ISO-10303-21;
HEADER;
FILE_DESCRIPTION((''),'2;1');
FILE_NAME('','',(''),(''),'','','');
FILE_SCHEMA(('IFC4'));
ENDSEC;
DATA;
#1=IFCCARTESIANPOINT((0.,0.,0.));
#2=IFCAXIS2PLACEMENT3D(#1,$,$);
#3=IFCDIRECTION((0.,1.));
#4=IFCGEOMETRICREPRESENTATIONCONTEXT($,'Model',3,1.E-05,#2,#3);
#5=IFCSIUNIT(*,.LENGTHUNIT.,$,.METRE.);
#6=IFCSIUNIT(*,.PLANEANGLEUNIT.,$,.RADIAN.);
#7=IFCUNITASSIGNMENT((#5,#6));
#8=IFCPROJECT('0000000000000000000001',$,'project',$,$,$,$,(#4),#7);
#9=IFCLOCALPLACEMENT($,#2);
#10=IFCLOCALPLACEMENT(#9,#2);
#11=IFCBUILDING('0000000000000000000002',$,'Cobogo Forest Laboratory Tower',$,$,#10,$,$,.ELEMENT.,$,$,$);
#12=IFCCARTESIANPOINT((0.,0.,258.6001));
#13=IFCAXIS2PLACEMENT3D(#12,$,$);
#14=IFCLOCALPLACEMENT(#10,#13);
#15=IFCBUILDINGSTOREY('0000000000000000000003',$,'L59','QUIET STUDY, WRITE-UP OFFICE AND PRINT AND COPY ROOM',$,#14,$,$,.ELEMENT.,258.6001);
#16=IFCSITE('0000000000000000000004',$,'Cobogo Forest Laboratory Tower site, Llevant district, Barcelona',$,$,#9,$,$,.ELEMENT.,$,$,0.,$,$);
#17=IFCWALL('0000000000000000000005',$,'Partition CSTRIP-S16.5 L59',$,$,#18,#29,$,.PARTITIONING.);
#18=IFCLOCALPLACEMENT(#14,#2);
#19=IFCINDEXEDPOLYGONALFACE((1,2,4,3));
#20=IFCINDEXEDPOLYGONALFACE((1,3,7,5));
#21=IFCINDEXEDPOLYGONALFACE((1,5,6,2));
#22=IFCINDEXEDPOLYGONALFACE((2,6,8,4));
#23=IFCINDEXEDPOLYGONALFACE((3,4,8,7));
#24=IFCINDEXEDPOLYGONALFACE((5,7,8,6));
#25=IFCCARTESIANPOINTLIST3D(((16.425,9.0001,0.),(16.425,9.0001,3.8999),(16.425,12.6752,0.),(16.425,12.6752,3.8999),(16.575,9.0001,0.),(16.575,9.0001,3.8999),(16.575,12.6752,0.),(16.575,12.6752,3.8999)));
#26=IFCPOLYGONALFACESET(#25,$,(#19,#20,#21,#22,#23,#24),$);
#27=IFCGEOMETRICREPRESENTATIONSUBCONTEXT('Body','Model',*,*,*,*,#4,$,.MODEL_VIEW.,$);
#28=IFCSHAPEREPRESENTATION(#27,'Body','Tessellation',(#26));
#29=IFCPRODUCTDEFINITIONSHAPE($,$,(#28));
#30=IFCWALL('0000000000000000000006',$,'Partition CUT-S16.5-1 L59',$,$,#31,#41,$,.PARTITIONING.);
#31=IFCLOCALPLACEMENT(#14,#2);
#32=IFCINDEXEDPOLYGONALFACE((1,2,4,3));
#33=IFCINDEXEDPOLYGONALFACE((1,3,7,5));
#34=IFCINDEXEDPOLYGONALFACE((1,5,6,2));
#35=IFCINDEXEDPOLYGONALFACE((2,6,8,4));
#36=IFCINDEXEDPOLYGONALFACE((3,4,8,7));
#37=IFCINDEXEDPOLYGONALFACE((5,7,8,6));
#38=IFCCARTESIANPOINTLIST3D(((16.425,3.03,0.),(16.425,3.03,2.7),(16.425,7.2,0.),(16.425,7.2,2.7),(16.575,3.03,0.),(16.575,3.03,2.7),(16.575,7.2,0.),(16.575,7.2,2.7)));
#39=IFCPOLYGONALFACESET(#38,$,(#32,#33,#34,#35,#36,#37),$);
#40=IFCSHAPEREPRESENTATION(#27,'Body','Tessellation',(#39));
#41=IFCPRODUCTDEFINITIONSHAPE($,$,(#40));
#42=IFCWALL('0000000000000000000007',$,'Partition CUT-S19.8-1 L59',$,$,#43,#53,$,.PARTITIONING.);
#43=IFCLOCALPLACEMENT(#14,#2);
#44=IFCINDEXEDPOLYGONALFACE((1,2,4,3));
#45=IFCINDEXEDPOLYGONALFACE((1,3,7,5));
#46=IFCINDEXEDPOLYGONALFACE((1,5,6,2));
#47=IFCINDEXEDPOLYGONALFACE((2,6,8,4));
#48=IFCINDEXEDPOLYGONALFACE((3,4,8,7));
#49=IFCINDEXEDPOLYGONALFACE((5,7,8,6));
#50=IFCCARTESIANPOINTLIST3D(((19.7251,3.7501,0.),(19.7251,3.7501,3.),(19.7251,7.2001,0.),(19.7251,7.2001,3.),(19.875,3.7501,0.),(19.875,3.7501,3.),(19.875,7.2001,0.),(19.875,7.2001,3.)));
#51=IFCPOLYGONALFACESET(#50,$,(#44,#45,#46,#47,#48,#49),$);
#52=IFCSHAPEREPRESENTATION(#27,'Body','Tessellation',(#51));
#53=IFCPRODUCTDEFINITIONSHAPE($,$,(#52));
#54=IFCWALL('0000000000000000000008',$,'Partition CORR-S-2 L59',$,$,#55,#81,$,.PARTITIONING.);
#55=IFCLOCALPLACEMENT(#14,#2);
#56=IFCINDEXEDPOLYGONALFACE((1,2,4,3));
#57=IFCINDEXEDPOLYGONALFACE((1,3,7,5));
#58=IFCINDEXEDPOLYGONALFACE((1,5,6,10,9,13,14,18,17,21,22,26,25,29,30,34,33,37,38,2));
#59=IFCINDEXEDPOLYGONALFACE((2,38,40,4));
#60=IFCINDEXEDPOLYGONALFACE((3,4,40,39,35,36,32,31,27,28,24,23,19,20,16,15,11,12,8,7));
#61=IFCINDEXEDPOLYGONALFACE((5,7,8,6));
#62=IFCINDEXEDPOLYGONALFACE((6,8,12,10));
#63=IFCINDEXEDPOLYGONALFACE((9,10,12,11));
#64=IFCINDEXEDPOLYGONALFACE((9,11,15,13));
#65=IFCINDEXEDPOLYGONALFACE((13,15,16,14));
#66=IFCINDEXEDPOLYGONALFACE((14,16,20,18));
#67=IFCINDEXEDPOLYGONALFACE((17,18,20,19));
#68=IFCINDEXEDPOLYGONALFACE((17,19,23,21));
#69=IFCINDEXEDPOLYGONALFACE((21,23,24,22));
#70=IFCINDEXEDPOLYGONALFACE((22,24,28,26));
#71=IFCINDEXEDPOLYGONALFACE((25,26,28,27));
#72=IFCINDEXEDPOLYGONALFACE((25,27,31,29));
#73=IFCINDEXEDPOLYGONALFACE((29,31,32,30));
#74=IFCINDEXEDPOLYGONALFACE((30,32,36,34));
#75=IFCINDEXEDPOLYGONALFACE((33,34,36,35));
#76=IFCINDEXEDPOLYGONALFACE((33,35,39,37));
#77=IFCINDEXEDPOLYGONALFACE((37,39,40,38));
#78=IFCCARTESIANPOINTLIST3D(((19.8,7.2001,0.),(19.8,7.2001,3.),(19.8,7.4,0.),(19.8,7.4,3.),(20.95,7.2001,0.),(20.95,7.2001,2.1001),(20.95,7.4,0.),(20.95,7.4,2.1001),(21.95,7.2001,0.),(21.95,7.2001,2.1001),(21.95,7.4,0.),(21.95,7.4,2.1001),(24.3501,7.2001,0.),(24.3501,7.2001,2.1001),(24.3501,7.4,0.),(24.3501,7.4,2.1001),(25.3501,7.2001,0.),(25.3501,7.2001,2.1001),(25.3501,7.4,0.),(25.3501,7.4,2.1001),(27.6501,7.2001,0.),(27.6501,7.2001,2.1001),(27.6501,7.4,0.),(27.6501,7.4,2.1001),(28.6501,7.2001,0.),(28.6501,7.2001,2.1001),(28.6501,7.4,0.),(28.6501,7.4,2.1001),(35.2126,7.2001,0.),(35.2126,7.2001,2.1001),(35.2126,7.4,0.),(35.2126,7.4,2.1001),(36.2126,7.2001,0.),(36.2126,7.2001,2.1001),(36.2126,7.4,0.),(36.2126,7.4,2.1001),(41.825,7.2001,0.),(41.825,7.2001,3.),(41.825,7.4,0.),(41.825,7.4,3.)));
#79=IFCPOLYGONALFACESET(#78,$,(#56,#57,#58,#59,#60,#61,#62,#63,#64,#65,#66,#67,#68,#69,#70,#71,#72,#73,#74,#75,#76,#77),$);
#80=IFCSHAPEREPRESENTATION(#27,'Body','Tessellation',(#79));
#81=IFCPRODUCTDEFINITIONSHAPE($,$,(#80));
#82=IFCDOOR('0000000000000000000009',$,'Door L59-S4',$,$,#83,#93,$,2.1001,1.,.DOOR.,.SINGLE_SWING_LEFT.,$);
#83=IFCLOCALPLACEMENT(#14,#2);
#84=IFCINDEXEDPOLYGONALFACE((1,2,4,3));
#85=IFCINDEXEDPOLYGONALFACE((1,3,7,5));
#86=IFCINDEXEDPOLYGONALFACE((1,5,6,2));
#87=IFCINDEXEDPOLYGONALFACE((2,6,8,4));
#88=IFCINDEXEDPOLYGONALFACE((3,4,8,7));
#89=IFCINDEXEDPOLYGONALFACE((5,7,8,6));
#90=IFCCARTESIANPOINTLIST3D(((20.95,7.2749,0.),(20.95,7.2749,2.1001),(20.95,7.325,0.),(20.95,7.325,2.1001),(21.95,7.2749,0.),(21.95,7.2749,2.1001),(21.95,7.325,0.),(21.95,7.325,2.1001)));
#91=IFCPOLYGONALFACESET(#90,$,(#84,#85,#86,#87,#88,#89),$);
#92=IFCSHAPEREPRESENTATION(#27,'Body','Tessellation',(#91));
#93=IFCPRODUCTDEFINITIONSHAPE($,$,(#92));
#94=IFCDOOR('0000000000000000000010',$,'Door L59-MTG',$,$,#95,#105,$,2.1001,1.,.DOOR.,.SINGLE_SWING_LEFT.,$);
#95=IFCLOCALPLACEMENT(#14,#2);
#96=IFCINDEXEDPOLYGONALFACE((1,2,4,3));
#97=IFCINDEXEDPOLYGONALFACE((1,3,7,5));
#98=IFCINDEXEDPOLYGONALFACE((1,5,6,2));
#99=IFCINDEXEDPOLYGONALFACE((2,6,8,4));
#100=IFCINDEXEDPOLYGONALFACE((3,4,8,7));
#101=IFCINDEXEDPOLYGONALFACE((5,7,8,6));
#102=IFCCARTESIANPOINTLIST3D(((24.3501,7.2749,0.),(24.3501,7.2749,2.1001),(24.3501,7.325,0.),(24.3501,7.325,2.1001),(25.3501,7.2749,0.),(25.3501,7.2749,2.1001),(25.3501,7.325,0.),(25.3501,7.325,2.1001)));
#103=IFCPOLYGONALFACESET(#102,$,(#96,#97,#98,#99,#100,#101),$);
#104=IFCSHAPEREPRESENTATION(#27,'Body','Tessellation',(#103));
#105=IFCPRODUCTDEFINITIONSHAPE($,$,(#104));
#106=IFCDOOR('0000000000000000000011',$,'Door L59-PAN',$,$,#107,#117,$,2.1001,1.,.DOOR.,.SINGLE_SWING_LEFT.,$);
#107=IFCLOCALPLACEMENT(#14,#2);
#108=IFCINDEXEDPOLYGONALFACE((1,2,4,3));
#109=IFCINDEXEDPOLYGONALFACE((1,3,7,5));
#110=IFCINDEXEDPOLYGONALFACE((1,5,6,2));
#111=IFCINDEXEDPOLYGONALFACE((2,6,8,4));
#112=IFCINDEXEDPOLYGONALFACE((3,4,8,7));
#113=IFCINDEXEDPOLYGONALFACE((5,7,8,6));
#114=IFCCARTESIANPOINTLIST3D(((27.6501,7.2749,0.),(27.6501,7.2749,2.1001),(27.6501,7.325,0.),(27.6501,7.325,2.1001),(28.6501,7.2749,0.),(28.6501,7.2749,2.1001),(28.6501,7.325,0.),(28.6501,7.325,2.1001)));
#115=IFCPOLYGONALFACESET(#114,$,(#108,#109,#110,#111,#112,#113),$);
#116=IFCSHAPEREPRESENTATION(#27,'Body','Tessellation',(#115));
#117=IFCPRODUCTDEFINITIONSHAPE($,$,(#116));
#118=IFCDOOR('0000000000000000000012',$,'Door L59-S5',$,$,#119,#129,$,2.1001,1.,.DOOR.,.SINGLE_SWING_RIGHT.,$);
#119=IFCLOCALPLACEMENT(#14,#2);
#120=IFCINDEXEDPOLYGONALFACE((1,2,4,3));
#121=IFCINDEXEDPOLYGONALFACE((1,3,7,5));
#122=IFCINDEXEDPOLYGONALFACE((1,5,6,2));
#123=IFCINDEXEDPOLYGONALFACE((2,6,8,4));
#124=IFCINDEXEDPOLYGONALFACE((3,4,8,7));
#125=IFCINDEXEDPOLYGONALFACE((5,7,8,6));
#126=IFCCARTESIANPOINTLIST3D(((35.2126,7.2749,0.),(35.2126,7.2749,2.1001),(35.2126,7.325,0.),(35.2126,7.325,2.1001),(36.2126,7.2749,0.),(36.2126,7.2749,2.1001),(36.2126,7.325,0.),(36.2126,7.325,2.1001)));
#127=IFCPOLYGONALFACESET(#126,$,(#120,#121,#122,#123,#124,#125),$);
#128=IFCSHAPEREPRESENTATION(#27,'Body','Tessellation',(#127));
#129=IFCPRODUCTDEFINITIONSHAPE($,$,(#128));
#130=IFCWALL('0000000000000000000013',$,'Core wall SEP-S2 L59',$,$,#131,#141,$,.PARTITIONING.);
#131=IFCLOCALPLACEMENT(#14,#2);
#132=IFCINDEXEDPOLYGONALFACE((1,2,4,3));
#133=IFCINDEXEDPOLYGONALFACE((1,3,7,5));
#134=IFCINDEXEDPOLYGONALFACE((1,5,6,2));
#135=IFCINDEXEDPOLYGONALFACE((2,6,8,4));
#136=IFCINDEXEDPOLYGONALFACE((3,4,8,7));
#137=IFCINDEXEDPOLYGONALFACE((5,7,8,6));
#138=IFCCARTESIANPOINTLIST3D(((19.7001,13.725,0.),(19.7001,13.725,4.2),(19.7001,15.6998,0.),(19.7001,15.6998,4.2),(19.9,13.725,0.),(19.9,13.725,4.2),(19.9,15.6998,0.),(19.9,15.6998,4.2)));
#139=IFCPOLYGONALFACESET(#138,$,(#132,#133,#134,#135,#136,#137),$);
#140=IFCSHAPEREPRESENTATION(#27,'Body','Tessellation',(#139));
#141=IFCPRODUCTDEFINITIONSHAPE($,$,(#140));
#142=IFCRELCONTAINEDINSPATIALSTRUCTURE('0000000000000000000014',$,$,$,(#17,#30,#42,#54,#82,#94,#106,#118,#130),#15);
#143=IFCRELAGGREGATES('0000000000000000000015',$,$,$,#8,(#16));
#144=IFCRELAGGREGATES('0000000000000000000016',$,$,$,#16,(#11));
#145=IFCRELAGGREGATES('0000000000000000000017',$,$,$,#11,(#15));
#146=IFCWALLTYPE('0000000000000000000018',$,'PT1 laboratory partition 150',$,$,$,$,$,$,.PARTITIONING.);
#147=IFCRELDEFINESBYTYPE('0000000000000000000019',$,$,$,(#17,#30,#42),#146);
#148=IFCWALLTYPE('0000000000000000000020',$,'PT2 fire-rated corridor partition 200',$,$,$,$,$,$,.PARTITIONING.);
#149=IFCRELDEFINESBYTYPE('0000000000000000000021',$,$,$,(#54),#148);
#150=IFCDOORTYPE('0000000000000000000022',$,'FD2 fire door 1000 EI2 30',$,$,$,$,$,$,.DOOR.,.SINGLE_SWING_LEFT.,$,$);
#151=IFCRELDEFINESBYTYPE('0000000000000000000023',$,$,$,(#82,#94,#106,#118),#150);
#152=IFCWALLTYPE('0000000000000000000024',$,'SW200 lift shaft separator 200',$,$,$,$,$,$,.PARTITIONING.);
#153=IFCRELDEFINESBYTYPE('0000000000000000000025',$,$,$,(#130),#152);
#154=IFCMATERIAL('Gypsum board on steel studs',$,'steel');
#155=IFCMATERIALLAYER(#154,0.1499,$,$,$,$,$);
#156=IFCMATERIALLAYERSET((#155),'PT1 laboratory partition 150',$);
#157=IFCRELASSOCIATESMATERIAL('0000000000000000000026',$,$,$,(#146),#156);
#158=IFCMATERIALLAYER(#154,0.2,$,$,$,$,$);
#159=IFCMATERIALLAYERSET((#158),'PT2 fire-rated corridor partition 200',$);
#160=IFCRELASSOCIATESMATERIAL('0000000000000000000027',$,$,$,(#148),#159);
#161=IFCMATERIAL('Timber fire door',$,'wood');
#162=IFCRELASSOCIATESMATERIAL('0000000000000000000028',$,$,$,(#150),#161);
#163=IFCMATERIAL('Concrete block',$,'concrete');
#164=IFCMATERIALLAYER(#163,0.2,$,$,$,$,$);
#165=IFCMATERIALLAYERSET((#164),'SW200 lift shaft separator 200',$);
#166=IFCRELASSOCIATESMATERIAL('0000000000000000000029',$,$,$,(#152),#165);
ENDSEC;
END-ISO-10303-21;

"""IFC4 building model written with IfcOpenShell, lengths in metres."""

from ifc_helpers import new_model, si_unit, direction, frame, frame_2d, origin, place, context, subcontext, project, spatial, rectangle, extrude, material, layer, layer_set, type_object, element, fill, save


model = new_model("IFC4")

# Units and contexts
model_context = context("Model", 3, precision=1e-05, world=origin(), true_north=direction((0.0, 1.0)))
body_context = subcontext(model_context, "Body", "Model", "MODEL_VIEW")
ifc_project = project(units=[si_unit("LENGTHUNIT", "METRE"), si_unit("PLANEANGLEUNIT", "RADIAN")], contexts=[model_context])

# Site, building, storey
site_placement = place(None, origin())
site = spatial("IfcSite", under=ifc_project, at=site_placement, Name="Cobogo Forest Laboratory Tower site, Llevant district, Barcelona", CompositionType="ELEMENT", RefElevation=0.0)
building_placement = place(site_placement, origin())
building = spatial("IfcBuilding", under=site, at=building_placement, Name="Cobogo Forest Laboratory Tower", CompositionType="ELEMENT")
storey_placement = place(building_placement, frame((0.0, 0.0, 258.6001)))
storey = spatial("IfcBuildingStorey", under=building, at=storey_placement, Name="L59", Description="QUIET STUDY, WRITE-UP OFFICE AND PRINT AND COPY ROOM", CompositionType="ELEMENT", Elevation=258.6001)

# Walls
ifc_material_1 = material(Name="Gypsum board on steel studs", Category="steel")
ifc_layer_1 = layer(ifc_material_1, 0.1499)
ifc_layer_set_1 = layer_set([ifc_layer_1], Name="PT1 laboratory partition 150")
wall_type_1 = type_object("IfcWallType", Name="PT1 laboratory partition 150", PredefinedType="PARTITIONING", material=ifc_layer_set_1)
wall_1_placement = place(storey_placement, frame((16.5, 12.675, 0.0), z_axis=(0.0, 0.0, 1.0), x_axis=(0.0, -1.0, 0.0)))
element("IfcWall", 1, at=wall_1_placement, inside=storey, type_object=wall_type_1, Name="Partition CSTRIP-S16.5 L59", PredefinedType="PARTITIONING", context=body_context, shape_type="SweptSolid", body=[
    extrude(rectangle(XDim=3.675, YDim=0.1499, at=frame_2d((1.8374, 0.0))), origin(), (0.0, 0.0, 1.0), 3.8999),
])
wall_2_placement = place(storey_placement, frame((16.5, 3.03, 0.0), z_axis=(0.0, 0.0, 1.0), x_axis=(0.0, 1.0, 0.0)))
element("IfcWall", 2, at=wall_2_placement, inside=storey, type_object=wall_type_1, Name="Partition CUT-S16.5-1 L59", PredefinedType="PARTITIONING", context=body_context, shape_type="SweptSolid", body=[
    extrude(rectangle(XDim=4.1699, YDim=0.1499, at=frame_2d((2.085, 0.0))), origin(), (0.0, 0.0, 1.0), 2.7),
])
wall_3_placement = place(storey_placement, frame((19.8, 3.75, 0.0), z_axis=(0.0, 0.0, 1.0), x_axis=(0.0, 1.0, 0.0)))
element("IfcWall", 3, at=wall_3_placement, inside=storey, type_object=wall_type_1, Name="Partition CUT-S19.8-1 L59", PredefinedType="PARTITIONING", context=body_context, shape_type="SweptSolid", body=[
    extrude(rectangle(XDim=3.45, YDim=0.1499, at=frame_2d((1.7251, 0.0))), origin(), (0.0, 0.0, 1.0), 3.0),
])

# Wall, openings, doors
ifc_layer_2 = layer(ifc_material_1, 0.2)
ifc_layer_set_2 = layer_set([ifc_layer_2], Name="PT2 fire-rated corridor partition 200")
wall_type_2 = type_object("IfcWallType", Name="PT2 fire-rated corridor partition 200", PredefinedType="PARTITIONING", material=ifc_layer_set_2)
wall_4_placement = place(storey_placement, frame((19.8, 7.3, 0.0), z_axis=(0.0, 0.0, 1.0), x_axis=(1.0, 0.0, 0.0)))
wall_4 = element("IfcWall", 4, at=wall_4_placement, inside=storey, type_object=wall_type_2, Name="Partition CORR-S-2 L59", PredefinedType="PARTITIONING", context=body_context, shape_type="SweptSolid", body=[
    extrude(rectangle(XDim=22.0249, YDim=0.2, at=frame_2d((11.0125, 0.0))), origin(), (0.0, 0.0, 1.0), 3.0),
])
opening_1_placement = place(wall_4_placement, frame((1.1499, 0.0, 0.0)))
opening_1 = element("IfcOpeningElement", 5, at=opening_1_placement, cuts=wall_4, PredefinedType="OPENING", context=body_context, shape_type="SweptSolid", body=[
    extrude(rectangle(XDim=1.0, YDim=2.1001, at=frame_2d((0.5, 1.05))), frame((0.0, 0.1099, 0.0), z_axis=(0.0, -1.0, 0.0), x_axis=(1.0, 0.0, 0.0)), (0.0, 0.0, 1.0), 0.22),
])
opening_2_placement = place(wall_4_placement, frame((4.55, 0.0, 0.0)))
opening_2 = element("IfcOpeningElement", 6, at=opening_2_placement, cuts=wall_4, PredefinedType="OPENING", context=body_context, shape_type="SweptSolid", body=[
    extrude(rectangle(XDim=1.0, YDim=2.1001, at=frame_2d((0.5, 1.05))), frame((0.0, 0.1099, 0.0), z_axis=(0.0, -1.0, 0.0), x_axis=(1.0, 0.0, 0.0)), (0.0, 0.0, 1.0), 0.22),
])
opening_3_placement = place(wall_4_placement, frame((7.8501, 0.0, 0.0)))
opening_3 = element("IfcOpeningElement", 7, at=opening_3_placement, cuts=wall_4, PredefinedType="OPENING", context=body_context, shape_type="SweptSolid", body=[
    extrude(rectangle(XDim=1.0, YDim=2.1001, at=frame_2d((0.5, 1.05))), frame((0.0, 0.1099, 0.0), z_axis=(0.0, -1.0, 0.0), x_axis=(1.0, 0.0, 0.0)), (0.0, 0.0, 1.0), 0.22),
])
opening_4_placement = place(wall_4_placement, frame((15.4126, 0.0, 0.0)))
opening_4 = element("IfcOpeningElement", 8, at=opening_4_placement, cuts=wall_4, PredefinedType="OPENING", context=body_context, shape_type="SweptSolid", body=[
    extrude(rectangle(XDim=1.0, YDim=2.1001, at=frame_2d((0.5, 1.05))), frame((0.0, 0.1099, 0.0), z_axis=(0.0, -1.0, 0.0), x_axis=(1.0, 0.0, 0.0)), (0.0, 0.0, 1.0), 0.22),
])
ifc_material_2 = material(Name="Timber fire door", Category="wood")
door_type_1 = type_object("IfcDoorType", Name="FD2 fire door 1000 EI2 30", OperationType="SINGLE_SWING_LEFT", PredefinedType="DOOR", material=ifc_material_2)
door_1_placement = place(opening_1_placement, origin())
door_1 = element("IfcDoor", 9, at=door_1_placement, inside=storey, type_object=door_type_1, Name="Door L59-S4", OperationType="SINGLE_SWING_LEFT", OverallHeight=2.1001, OverallWidth=1.0, PredefinedType="DOOR", context=body_context, shape_type="SweptSolid", body=[
    extrude(rectangle(XDim=1.0, YDim=2.1001, at=frame_2d((0.5, 1.05))), frame((0.0, 0.0249, 0.0), z_axis=(0.0, -1.0, 0.0), x_axis=(1.0, 0.0, 0.0)), (0.0, 0.0, 1.0), 0.05),
])
fill(opening_1, door_1)
door_2_placement = place(opening_2_placement, origin())
door_2 = element("IfcDoor", 10, at=door_2_placement, inside=storey, type_object=door_type_1, Name="Door L59-MTG", OperationType="SINGLE_SWING_LEFT", OverallHeight=2.1001, OverallWidth=1.0, PredefinedType="DOOR", context=body_context, shape_type="SweptSolid", body=[
    extrude(rectangle(XDim=1.0, YDim=2.1001, at=frame_2d((0.5, 1.05))), frame((0.0, 0.0249, 0.0), z_axis=(0.0, -1.0, 0.0), x_axis=(1.0, 0.0, 0.0)), (0.0, 0.0, 1.0), 0.05),
])
fill(opening_2, door_2)
door_3_placement = place(opening_3_placement, origin())
door_3 = element("IfcDoor", 11, at=door_3_placement, inside=storey, type_object=door_type_1, Name="Door L59-PAN", OperationType="SINGLE_SWING_LEFT", OverallHeight=2.1001, OverallWidth=1.0, PredefinedType="DOOR", context=body_context, shape_type="SweptSolid", body=[
    extrude(rectangle(XDim=1.0, YDim=2.1001, at=frame_2d((0.5, 1.05))), frame((0.0, 0.0249, 0.0), z_axis=(0.0, -1.0, 0.0), x_axis=(1.0, 0.0, 0.0)), (0.0, 0.0, 1.0), 0.05),
])
fill(opening_3, door_3)
door_4_placement = place(opening_4_placement, origin())
door_4 = element("IfcDoor", 12, at=door_4_placement, inside=storey, type_object=door_type_1, Name="Door L59-S5", OperationType="SINGLE_SWING_RIGHT", OverallHeight=2.1001, OverallWidth=1.0, PredefinedType="DOOR", context=body_context, shape_type="SweptSolid", body=[
    extrude(rectangle(XDim=1.0, YDim=2.1001, at=frame_2d((0.5, 1.05))), frame((0.0, 0.0249, 0.0), z_axis=(0.0, -1.0, 0.0), x_axis=(1.0, 0.0, 0.0)), (0.0, 0.0, 1.0), 0.05),
])
fill(opening_4, door_4)

# Wall
ifc_material_3 = material(Name="Concrete block", Category="concrete")
ifc_layer_3 = layer(ifc_material_3, 0.2)
ifc_layer_set_3 = layer_set([ifc_layer_3], Name="SW200 lift shaft separator 200")
wall_type_3 = type_object("IfcWallType", Name="SW200 lift shaft separator 200", PredefinedType="PARTITIONING", material=ifc_layer_set_3)
wall_5_placement = place(storey_placement, frame((19.8, 13.7251, 0.0), z_axis=(0.0, 0.0, 1.0), x_axis=(0.0, 1.0, 0.0)))
element("IfcWall", 13, at=wall_5_placement, inside=storey, type_object=wall_type_3, Name="Core wall SEP-S2 L59", PredefinedType="PARTITIONING", context=body_context, shape_type="SweptSolid", body=[
    extrude(rectangle(XDim=1.9749, YDim=0.2, at=frame_2d((0.9873, 0.0))), origin(), (0.0, 0.0, 1.0), 4.2),
])

save(model, "model.ifc")
